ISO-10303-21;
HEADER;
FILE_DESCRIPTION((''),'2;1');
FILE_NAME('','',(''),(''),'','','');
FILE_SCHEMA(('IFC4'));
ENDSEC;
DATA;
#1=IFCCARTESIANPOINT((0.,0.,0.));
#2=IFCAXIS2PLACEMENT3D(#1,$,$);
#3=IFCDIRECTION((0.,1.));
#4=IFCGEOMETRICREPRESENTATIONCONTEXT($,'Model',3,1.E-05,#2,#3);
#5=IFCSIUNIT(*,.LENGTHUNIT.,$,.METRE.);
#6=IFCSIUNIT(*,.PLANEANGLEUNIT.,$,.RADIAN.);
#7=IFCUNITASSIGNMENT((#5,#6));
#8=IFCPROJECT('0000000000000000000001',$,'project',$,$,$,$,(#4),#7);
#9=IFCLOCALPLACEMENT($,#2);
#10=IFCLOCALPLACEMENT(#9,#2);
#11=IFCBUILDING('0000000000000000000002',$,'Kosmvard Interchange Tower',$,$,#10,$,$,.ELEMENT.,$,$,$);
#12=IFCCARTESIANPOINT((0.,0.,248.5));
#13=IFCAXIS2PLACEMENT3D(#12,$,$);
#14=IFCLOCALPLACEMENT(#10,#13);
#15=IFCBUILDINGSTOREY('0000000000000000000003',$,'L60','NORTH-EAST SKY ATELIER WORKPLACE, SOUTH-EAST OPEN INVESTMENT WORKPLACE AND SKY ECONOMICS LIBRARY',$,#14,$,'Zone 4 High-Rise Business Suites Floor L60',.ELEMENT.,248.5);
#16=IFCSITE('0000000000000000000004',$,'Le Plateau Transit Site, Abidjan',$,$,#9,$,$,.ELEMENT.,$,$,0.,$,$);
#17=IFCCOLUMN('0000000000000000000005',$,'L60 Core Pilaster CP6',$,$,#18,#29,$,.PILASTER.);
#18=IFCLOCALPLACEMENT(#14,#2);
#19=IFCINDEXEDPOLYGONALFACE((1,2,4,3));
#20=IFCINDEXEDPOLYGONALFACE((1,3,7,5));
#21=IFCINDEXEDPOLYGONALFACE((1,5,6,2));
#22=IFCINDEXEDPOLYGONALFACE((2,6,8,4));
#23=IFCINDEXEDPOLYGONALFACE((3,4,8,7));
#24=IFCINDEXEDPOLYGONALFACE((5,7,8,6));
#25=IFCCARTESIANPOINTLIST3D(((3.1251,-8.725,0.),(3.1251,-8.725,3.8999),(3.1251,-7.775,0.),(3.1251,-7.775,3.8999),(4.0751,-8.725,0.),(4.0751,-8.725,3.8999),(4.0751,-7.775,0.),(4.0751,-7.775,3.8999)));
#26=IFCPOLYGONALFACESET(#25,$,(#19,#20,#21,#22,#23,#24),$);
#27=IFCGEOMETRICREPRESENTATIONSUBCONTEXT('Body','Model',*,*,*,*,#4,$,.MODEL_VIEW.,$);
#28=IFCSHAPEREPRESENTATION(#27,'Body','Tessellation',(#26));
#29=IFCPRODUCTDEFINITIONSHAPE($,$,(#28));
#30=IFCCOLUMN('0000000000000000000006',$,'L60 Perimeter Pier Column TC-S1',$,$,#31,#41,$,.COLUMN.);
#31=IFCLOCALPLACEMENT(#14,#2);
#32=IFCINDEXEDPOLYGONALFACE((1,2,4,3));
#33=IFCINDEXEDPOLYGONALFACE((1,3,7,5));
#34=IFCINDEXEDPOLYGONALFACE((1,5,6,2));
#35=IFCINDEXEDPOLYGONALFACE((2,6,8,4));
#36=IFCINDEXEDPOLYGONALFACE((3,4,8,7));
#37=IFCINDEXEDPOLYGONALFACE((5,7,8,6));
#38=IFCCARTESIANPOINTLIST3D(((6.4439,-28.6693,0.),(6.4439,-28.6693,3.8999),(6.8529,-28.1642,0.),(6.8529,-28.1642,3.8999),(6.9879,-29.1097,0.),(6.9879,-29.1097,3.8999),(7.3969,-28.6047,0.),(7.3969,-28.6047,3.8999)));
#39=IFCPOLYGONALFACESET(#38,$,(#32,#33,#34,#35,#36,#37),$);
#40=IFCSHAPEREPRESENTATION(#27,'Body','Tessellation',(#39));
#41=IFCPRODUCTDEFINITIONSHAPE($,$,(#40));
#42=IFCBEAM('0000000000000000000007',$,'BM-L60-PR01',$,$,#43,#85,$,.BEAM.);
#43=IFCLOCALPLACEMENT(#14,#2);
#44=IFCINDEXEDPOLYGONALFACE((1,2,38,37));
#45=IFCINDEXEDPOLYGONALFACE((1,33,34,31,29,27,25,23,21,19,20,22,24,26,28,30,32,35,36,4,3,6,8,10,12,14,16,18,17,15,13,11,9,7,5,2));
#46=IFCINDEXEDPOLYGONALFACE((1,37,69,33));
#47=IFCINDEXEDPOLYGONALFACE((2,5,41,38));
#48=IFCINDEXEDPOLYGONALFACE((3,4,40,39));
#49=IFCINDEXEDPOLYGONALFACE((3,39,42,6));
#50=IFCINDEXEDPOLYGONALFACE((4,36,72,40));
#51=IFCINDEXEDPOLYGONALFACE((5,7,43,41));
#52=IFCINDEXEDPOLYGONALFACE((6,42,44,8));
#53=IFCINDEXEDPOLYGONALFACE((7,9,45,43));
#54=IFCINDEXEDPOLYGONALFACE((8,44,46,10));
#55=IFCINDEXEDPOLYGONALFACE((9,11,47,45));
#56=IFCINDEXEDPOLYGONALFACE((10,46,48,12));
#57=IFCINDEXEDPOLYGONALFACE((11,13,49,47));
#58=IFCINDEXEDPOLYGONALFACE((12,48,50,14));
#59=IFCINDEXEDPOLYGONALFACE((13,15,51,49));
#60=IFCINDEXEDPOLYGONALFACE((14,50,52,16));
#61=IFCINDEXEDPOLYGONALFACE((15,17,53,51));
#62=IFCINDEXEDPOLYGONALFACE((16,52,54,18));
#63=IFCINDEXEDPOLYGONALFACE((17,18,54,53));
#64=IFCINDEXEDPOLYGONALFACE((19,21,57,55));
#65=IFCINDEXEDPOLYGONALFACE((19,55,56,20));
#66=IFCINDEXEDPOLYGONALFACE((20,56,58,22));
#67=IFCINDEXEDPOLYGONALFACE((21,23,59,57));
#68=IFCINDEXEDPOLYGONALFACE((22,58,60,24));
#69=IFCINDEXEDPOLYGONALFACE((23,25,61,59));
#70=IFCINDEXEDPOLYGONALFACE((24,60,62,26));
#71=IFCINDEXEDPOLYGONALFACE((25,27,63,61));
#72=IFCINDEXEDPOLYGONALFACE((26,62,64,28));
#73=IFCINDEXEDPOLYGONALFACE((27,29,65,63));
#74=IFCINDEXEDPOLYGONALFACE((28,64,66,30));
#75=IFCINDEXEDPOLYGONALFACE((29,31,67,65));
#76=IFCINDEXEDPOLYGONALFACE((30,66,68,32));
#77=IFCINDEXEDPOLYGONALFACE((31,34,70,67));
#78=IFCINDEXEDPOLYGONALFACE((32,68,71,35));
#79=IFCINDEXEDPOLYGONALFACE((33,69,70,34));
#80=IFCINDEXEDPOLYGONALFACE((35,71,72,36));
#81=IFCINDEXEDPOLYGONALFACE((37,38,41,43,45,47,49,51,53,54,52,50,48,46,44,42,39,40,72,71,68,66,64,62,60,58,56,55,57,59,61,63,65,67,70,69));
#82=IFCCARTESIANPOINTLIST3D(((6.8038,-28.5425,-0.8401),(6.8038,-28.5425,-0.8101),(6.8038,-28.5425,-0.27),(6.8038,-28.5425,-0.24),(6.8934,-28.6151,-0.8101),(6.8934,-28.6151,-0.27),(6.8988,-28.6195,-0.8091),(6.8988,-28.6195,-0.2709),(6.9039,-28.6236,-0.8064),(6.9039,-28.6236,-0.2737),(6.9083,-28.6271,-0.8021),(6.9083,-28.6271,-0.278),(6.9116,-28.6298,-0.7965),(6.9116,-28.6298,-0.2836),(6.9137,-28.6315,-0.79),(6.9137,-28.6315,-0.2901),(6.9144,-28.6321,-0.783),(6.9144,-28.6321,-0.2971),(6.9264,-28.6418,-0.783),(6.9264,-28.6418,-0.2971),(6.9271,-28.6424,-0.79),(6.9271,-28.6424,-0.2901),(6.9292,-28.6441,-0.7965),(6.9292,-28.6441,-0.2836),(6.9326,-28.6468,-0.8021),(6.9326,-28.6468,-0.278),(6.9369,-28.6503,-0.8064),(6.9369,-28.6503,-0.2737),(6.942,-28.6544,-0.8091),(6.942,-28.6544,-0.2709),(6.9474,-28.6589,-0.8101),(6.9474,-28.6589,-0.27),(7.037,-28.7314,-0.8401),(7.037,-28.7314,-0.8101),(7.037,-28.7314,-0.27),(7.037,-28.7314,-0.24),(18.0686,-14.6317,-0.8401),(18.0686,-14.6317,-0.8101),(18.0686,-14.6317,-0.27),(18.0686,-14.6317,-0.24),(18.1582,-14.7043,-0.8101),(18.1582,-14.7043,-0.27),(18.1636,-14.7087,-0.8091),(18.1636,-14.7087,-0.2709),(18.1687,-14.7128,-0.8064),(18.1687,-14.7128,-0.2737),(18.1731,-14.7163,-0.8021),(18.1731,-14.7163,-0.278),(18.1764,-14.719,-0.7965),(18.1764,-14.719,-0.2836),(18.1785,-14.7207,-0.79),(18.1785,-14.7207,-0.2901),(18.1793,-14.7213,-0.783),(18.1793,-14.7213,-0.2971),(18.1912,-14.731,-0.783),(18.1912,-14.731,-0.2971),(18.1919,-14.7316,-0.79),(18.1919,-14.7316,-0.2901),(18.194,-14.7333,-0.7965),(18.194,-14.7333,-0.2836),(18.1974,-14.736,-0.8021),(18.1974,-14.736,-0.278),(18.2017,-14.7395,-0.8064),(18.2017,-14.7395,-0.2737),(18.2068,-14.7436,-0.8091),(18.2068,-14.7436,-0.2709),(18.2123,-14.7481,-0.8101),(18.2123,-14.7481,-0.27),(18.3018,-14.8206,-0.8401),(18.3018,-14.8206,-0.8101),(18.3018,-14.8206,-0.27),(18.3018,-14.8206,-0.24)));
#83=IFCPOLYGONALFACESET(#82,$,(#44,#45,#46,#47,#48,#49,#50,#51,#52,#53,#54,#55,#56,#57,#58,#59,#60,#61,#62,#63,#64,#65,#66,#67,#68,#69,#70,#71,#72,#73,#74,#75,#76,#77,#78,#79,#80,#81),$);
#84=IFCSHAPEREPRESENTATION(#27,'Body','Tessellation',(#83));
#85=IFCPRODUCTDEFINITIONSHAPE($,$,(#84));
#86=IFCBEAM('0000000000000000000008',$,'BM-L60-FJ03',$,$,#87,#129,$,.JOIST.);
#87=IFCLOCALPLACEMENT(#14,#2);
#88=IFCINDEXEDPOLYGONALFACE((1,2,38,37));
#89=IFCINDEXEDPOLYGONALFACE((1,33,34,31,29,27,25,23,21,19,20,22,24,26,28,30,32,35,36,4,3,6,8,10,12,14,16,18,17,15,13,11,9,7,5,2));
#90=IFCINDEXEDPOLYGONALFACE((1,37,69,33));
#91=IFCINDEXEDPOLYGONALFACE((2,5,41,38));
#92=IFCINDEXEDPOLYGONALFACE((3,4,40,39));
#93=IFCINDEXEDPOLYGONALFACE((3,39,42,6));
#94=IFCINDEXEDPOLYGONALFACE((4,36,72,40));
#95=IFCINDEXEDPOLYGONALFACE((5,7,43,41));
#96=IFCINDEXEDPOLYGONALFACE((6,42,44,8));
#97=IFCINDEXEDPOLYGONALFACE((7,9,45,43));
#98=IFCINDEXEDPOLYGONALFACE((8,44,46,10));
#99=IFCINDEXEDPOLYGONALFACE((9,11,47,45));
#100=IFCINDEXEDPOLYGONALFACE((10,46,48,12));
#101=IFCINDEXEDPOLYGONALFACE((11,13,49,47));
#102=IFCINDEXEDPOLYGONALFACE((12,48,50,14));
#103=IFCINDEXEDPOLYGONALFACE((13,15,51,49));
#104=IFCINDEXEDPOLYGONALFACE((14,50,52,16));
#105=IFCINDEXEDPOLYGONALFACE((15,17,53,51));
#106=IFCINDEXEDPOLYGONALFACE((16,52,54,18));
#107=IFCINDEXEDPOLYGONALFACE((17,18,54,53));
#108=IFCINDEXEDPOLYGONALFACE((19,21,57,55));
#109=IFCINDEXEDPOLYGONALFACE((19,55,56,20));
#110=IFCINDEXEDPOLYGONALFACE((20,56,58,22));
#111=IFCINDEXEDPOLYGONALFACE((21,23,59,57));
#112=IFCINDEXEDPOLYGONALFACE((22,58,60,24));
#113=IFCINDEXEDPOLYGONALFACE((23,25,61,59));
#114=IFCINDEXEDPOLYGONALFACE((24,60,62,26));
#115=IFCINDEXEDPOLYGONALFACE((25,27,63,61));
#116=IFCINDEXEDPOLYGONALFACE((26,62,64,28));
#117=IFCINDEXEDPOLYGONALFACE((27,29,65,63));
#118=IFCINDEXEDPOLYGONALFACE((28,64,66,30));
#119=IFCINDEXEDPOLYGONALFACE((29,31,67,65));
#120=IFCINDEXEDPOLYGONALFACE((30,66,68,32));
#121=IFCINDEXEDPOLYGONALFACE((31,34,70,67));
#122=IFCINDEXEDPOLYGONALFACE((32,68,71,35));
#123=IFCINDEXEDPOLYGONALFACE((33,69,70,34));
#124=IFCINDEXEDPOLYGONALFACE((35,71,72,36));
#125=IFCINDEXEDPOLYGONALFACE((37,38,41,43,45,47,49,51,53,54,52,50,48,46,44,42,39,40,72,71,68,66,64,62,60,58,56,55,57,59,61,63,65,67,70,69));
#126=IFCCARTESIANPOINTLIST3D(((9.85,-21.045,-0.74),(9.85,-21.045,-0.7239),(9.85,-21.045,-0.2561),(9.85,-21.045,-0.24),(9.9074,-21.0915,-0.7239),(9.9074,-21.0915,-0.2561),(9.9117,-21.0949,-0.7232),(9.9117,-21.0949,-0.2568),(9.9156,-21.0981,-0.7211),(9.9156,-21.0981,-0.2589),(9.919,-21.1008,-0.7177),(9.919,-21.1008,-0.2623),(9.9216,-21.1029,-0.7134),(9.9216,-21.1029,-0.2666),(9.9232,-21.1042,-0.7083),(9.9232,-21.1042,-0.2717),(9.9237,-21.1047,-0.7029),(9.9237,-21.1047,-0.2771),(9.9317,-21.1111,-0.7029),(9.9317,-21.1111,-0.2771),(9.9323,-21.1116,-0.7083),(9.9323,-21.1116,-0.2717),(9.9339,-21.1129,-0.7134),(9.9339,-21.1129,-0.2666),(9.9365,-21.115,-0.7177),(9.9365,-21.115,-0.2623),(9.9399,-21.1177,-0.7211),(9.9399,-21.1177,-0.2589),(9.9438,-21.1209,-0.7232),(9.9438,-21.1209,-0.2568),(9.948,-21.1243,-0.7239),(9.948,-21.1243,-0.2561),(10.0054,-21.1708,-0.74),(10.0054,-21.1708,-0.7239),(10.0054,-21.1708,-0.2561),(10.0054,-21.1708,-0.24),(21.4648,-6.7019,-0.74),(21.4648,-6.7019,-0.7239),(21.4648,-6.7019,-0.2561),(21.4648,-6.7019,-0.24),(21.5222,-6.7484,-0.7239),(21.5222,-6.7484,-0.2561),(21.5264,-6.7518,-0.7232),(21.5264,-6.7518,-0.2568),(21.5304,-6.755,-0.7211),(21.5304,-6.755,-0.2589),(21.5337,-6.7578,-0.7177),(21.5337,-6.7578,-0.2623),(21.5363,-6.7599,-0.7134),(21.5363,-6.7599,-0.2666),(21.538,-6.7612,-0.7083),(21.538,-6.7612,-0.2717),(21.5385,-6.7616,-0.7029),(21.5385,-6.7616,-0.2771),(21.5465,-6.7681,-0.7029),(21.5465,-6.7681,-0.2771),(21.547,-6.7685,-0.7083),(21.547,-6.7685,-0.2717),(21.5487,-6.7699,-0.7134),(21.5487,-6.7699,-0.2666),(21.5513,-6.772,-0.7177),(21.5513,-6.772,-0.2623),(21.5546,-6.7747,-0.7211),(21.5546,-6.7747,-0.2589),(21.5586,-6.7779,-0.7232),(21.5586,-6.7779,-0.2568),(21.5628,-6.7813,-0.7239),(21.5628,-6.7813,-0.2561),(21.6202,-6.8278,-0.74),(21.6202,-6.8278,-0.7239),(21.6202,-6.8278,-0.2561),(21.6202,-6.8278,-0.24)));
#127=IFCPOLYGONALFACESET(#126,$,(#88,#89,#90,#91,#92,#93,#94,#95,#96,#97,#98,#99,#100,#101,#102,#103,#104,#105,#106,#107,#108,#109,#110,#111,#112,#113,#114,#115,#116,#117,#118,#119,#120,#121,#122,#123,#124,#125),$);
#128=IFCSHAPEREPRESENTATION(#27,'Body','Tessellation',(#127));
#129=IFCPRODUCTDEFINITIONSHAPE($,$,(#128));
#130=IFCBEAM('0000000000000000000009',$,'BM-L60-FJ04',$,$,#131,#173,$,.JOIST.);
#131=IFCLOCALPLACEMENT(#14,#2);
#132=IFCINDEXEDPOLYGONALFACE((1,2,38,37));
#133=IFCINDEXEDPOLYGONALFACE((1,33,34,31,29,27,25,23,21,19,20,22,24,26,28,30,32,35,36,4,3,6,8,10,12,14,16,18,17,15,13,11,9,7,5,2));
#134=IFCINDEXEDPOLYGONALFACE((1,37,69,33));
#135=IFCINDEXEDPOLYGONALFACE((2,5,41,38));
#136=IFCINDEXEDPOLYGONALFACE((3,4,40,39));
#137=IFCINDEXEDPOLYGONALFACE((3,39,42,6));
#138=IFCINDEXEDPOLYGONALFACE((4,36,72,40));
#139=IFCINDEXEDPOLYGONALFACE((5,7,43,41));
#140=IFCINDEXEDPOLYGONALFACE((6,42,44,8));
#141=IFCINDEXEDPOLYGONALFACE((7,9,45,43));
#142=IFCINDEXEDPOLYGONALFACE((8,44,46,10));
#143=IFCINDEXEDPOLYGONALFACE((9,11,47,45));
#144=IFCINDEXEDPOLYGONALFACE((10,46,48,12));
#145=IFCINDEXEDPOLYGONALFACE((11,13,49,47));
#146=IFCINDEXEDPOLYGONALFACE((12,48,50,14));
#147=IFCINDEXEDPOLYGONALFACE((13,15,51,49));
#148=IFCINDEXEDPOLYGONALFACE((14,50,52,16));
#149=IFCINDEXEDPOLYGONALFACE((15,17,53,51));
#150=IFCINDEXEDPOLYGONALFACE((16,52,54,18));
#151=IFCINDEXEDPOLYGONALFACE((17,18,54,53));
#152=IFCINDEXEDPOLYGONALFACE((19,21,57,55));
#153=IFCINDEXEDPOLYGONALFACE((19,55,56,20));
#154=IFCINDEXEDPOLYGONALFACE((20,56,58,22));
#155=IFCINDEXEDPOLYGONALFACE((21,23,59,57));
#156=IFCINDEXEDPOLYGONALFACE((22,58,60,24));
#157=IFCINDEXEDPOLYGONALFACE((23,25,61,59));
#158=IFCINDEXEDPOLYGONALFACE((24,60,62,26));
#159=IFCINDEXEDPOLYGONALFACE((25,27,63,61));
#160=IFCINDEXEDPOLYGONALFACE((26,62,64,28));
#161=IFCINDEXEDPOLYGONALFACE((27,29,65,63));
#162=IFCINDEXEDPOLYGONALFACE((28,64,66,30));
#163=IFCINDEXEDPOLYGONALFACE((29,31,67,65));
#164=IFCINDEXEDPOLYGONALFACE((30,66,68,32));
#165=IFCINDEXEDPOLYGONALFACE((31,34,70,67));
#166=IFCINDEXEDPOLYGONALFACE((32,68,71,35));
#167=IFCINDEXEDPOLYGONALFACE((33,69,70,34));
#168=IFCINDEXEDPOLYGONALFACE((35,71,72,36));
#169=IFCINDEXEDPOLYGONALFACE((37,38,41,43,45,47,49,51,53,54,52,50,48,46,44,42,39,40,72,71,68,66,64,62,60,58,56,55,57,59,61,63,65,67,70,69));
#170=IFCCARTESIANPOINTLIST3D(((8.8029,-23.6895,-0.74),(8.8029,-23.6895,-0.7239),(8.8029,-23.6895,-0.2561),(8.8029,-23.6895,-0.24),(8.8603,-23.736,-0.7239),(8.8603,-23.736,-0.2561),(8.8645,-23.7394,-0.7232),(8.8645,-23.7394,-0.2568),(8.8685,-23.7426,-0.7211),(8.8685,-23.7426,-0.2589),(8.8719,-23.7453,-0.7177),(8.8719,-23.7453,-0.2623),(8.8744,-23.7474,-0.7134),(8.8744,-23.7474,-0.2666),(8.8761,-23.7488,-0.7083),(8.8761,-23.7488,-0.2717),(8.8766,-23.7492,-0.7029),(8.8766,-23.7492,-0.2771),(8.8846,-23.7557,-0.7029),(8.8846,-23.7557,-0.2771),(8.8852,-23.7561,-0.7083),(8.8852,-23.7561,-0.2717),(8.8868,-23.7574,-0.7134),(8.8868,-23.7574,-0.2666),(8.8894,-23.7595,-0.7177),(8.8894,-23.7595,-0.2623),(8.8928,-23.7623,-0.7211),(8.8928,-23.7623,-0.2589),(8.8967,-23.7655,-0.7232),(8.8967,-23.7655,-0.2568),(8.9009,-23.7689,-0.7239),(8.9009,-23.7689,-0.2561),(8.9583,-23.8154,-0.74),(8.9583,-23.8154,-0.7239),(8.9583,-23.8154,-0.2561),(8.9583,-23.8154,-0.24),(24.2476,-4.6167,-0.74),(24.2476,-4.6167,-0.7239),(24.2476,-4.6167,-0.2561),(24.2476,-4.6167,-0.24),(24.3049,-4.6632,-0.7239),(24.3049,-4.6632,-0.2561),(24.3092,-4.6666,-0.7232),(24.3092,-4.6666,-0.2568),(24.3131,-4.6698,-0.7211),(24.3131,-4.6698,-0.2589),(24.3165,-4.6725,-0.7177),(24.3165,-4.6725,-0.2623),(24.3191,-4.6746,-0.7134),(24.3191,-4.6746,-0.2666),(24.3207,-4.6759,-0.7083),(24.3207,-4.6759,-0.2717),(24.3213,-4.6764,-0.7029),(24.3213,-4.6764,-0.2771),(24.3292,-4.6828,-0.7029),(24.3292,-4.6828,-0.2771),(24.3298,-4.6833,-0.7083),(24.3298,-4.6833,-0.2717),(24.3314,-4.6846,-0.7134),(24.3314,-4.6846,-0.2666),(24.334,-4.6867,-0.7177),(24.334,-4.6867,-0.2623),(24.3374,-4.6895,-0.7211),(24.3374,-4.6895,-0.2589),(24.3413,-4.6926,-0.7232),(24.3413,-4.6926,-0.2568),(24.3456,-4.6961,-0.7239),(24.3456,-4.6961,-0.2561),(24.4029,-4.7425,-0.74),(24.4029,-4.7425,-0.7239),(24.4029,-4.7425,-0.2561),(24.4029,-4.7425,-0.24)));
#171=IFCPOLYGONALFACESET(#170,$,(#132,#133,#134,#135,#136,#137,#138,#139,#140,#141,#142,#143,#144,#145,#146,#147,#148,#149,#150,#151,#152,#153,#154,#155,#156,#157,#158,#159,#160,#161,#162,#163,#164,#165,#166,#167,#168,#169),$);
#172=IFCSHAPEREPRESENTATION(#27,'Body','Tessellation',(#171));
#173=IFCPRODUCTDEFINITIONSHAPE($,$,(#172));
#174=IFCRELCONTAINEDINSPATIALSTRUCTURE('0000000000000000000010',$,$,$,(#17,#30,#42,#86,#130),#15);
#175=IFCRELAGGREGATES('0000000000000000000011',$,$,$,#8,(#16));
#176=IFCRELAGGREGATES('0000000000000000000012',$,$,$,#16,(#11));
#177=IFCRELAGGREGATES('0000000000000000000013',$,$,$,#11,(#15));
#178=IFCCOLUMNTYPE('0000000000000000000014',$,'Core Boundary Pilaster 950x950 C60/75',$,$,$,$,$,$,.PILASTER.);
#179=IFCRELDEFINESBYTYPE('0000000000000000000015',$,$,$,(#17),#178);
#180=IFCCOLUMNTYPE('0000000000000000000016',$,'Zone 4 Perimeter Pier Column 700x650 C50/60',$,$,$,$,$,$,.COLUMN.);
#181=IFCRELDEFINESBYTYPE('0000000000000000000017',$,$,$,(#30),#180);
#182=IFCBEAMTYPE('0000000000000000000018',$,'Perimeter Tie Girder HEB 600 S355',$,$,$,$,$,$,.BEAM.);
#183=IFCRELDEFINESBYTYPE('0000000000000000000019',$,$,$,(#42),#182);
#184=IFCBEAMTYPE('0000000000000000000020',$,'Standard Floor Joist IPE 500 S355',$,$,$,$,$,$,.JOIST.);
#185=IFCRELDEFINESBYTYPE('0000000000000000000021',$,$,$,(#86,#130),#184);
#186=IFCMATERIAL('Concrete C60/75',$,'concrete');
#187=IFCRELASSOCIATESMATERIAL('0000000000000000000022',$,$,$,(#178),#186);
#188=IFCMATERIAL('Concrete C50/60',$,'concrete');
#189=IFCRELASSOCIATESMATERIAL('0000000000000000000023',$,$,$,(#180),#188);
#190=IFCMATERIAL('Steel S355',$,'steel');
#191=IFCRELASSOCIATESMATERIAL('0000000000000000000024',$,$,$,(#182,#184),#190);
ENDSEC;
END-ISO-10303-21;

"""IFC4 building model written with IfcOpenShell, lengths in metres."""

from ifc_helpers import new_model, si_unit, direction, frame, origin, origin_2d, place, context, subcontext, project, spatial, rectangle, i_section, extrude, source, transform, mapped, material, material_profile, profile_set, type_object, element, save


model = new_model("IFC4")

# Units and contexts
model_context = context("Model", 3, precision=1e-05, world=origin(), true_north=direction((0.0, 1.0)))
body_context = subcontext(model_context, "Body", "Model", "MODEL_VIEW")
ifc_project = project(units=[si_unit("LENGTHUNIT", "METRE"), si_unit("PLANEANGLEUNIT", "RADIAN")], contexts=[model_context])

# Site, building, storey
site_placement = place(None, origin())
site = spatial("IfcSite", under=ifc_project, at=site_placement, Name="Le Plateau Transit Site, Abidjan", CompositionType="ELEMENT", RefElevation=0.0)
building_placement = place(site_placement, origin())
building = spatial("IfcBuilding", under=site, at=building_placement, Name="Kosmvard Interchange Tower", CompositionType="ELEMENT")
storey_placement = place(building_placement, frame((0.0, 0.0, 248.5)))
storey = spatial("IfcBuildingStorey", under=building, at=storey_placement, Name="L60", Description="NORTH-EAST SKY ATELIER WORKPLACE, SOUTH-EAST OPEN INVESTMENT WORKPLACE AND SKY ECONOMICS LIBRARY", LongName="Zone 4 High-Rise Business Suites Floor L60", CompositionType="ELEMENT", Elevation=248.5)

# Columns
ifc_material_1 = material(Name="Concrete C60/75", Category="concrete")
ifc_material_profile_1 = material_profile(ifc_material_1, rectangle(XDim=0.95, YDim=0.95, at=origin_2d()), Name="CP 950x950")
ifc_profile_set_1 = profile_set([ifc_material_profile_1], Name="Concrete C60/75")
column_type_1 = type_object("IfcColumnType", Name="Core Boundary Pilaster 950x950 C60/75", PredefinedType="PILASTER", material=ifc_profile_set_1)
shared_shape_1 = source(origin(), body_context, "Body", "SweptSolid", [
    extrude(rectangle(XDim=0.95, YDim=0.95, at=origin_2d()), origin(), (0.0, 0.0, 1.0), 3.8999),
])
column_1_placement = place(storey_placement, frame((3.6001, -8.25, 0.0), z_axis=(0.0, 0.0, 1.0), x_axis=(1.0, 0.0, 0.0)))
element("IfcColumn", 1, at=column_1_placement, inside=storey, type_object=column_type_1, Name="L60 Core Pilaster CP6", PredefinedType="PILASTER", context=body_context, shape_type="MappedRepresentation", body=[
    mapped(shared_shape_1, transform((0.0, 0.0, 0.0), scale=1.0)),
])
ifc_material_2 = material(Name="Concrete C50/60", Category="concrete")
ifc_material_profile_2 = material_profile(ifc_material_2, rectangle(XDim=0.6499, YDim=0.7, at=origin_2d()), Name="TC 700x650")
ifc_profile_set_2 = profile_set([ifc_material_profile_2], Name="Concrete C50/60")
column_type_2 = type_object("IfcColumnType", Name="Zone 4 Perimeter Pier Column 700x650 C50/60", PredefinedType="COLUMN", material=ifc_profile_set_2)
shared_shape_2 = source(origin(), body_context, "Body", "SweptSolid", [
    extrude(rectangle(XDim=0.6499, YDim=0.7, at=origin_2d()), origin(), (0.0, 0.0, 1.0), 3.8999),
])
column_2_placement = place(storey_placement, frame((6.9204, -28.637, 0.0), z_axis=(0.0, 0.0, 1.0), x_axis=(0.62932, 0.777146, 0.0)))
element("IfcColumn", 2, at=column_2_placement, inside=storey, type_object=column_type_2, Name="L60 Perimeter Pier Column TC-S1", PredefinedType="COLUMN", context=body_context, shape_type="MappedRepresentation", body=[
    mapped(shared_shape_2, transform((0.0, 0.0, 0.0), scale=1.0)),
])

# Beams
ifc_material_3 = material(Name="Steel S355", Category="steel")
ifc_material_profile_3 = material_profile(ifc_material_3, i_section(OverallWidth=0.3, OverallDepth=0.6001, WebThickness=0.0154, FlangeThickness=0.03, FilletRadius=0.0271, at=origin_2d()), Name="HEB 600")
ifc_profile_set_3 = profile_set([ifc_material_profile_3], Name="Steel S355")
beam_type_1 = type_object("IfcBeamType", Name="Perimeter Tie Girder HEB 600 S355", PredefinedType="BEAM", material=ifc_profile_set_3)
shared_shape_3 = source(origin(), body_context, "Body", "SweptSolid", [
    extrude(i_section(OverallWidth=0.3, OverallDepth=0.6001, WebThickness=0.0154, FlangeThickness=0.03, FilletRadius=0.0271, at=origin_2d()), origin(), (0.0, 0.0, 1.0), 17.8999),
])
beam_1_placement = place(storey_placement, frame((6.9204, -28.637, -0.54), z_axis=(0.629323, 0.777144, 0.0), x_axis=(-0.777144, 0.629323, 0.0)))
element("IfcBeam", 3, at=beam_1_placement, inside=storey, type_object=beam_type_1, Name="BM-L60-PR01", PredefinedType="BEAM", context=body_context, shape_type="MappedRepresentation", body=[
    mapped(shared_shape_3, transform((0.0, 0.0, 0.0), scale=1.0)),
])
ifc_material_profile_4 = material_profile(ifc_material_3, i_section(OverallWidth=0.2, OverallDepth=0.5, WebThickness=0.0103, FlangeThickness=0.0161, FilletRadius=0.021, at=origin_2d()), Name="IPE 500")
ifc_profile_set_4 = profile_set([ifc_material_profile_4], Name="Steel S355")
beam_type_2 = type_object("IfcBeamType", Name="Standard Floor Joist IPE 500 S355", PredefinedType="JOIST", material=ifc_profile_set_4)
shared_shape_4 = source(origin(), body_context, "Body", "SweptSolid", [
    extrude(i_section(OverallWidth=0.2, OverallDepth=0.5, WebThickness=0.0103, FlangeThickness=0.0161, FilletRadius=0.021, at=origin_2d()), origin(), (0.0, 0.0, 1.0), 18.4561),
])
beam_2_placement = place(storey_placement, frame((9.9277, -21.1079, -0.49), z_axis=(0.62932, 0.777146, 0.0), x_axis=(-0.777146, 0.62932, 0.0)))
element("IfcBeam", 4, at=beam_2_placement, inside=storey, type_object=beam_type_2, Name="BM-L60-FJ03", PredefinedType="JOIST", context=body_context, shape_type="MappedRepresentation", body=[
    mapped(shared_shape_4, transform((0.0, 0.0, 0.0), scale=1.0)),
])
shared_shape_5 = source(origin(), body_context, "Body", "SweptSolid", [
    extrude(i_section(OverallWidth=0.2, OverallDepth=0.5, WebThickness=0.0103, FlangeThickness=0.0161, FilletRadius=0.021, at=origin_2d()), origin(), (0.0, 0.0, 1.0), 24.542),
])
beam_3_placement = place(storey_placement, frame((8.8806, -23.7524, -0.49), z_axis=(0.629315, 0.777151, 0.0), x_axis=(-0.777151, 0.629315, 0.0)))
element("IfcBeam", 5, at=beam_3_placement, inside=storey, type_object=beam_type_2, Name="BM-L60-FJ04", PredefinedType="JOIST", context=body_context, shape_type="MappedRepresentation", body=[
    mapped(shared_shape_5, transform((0.0, 0.0, 0.0), scale=1.0)),
])

save(model, "model.ifc")
